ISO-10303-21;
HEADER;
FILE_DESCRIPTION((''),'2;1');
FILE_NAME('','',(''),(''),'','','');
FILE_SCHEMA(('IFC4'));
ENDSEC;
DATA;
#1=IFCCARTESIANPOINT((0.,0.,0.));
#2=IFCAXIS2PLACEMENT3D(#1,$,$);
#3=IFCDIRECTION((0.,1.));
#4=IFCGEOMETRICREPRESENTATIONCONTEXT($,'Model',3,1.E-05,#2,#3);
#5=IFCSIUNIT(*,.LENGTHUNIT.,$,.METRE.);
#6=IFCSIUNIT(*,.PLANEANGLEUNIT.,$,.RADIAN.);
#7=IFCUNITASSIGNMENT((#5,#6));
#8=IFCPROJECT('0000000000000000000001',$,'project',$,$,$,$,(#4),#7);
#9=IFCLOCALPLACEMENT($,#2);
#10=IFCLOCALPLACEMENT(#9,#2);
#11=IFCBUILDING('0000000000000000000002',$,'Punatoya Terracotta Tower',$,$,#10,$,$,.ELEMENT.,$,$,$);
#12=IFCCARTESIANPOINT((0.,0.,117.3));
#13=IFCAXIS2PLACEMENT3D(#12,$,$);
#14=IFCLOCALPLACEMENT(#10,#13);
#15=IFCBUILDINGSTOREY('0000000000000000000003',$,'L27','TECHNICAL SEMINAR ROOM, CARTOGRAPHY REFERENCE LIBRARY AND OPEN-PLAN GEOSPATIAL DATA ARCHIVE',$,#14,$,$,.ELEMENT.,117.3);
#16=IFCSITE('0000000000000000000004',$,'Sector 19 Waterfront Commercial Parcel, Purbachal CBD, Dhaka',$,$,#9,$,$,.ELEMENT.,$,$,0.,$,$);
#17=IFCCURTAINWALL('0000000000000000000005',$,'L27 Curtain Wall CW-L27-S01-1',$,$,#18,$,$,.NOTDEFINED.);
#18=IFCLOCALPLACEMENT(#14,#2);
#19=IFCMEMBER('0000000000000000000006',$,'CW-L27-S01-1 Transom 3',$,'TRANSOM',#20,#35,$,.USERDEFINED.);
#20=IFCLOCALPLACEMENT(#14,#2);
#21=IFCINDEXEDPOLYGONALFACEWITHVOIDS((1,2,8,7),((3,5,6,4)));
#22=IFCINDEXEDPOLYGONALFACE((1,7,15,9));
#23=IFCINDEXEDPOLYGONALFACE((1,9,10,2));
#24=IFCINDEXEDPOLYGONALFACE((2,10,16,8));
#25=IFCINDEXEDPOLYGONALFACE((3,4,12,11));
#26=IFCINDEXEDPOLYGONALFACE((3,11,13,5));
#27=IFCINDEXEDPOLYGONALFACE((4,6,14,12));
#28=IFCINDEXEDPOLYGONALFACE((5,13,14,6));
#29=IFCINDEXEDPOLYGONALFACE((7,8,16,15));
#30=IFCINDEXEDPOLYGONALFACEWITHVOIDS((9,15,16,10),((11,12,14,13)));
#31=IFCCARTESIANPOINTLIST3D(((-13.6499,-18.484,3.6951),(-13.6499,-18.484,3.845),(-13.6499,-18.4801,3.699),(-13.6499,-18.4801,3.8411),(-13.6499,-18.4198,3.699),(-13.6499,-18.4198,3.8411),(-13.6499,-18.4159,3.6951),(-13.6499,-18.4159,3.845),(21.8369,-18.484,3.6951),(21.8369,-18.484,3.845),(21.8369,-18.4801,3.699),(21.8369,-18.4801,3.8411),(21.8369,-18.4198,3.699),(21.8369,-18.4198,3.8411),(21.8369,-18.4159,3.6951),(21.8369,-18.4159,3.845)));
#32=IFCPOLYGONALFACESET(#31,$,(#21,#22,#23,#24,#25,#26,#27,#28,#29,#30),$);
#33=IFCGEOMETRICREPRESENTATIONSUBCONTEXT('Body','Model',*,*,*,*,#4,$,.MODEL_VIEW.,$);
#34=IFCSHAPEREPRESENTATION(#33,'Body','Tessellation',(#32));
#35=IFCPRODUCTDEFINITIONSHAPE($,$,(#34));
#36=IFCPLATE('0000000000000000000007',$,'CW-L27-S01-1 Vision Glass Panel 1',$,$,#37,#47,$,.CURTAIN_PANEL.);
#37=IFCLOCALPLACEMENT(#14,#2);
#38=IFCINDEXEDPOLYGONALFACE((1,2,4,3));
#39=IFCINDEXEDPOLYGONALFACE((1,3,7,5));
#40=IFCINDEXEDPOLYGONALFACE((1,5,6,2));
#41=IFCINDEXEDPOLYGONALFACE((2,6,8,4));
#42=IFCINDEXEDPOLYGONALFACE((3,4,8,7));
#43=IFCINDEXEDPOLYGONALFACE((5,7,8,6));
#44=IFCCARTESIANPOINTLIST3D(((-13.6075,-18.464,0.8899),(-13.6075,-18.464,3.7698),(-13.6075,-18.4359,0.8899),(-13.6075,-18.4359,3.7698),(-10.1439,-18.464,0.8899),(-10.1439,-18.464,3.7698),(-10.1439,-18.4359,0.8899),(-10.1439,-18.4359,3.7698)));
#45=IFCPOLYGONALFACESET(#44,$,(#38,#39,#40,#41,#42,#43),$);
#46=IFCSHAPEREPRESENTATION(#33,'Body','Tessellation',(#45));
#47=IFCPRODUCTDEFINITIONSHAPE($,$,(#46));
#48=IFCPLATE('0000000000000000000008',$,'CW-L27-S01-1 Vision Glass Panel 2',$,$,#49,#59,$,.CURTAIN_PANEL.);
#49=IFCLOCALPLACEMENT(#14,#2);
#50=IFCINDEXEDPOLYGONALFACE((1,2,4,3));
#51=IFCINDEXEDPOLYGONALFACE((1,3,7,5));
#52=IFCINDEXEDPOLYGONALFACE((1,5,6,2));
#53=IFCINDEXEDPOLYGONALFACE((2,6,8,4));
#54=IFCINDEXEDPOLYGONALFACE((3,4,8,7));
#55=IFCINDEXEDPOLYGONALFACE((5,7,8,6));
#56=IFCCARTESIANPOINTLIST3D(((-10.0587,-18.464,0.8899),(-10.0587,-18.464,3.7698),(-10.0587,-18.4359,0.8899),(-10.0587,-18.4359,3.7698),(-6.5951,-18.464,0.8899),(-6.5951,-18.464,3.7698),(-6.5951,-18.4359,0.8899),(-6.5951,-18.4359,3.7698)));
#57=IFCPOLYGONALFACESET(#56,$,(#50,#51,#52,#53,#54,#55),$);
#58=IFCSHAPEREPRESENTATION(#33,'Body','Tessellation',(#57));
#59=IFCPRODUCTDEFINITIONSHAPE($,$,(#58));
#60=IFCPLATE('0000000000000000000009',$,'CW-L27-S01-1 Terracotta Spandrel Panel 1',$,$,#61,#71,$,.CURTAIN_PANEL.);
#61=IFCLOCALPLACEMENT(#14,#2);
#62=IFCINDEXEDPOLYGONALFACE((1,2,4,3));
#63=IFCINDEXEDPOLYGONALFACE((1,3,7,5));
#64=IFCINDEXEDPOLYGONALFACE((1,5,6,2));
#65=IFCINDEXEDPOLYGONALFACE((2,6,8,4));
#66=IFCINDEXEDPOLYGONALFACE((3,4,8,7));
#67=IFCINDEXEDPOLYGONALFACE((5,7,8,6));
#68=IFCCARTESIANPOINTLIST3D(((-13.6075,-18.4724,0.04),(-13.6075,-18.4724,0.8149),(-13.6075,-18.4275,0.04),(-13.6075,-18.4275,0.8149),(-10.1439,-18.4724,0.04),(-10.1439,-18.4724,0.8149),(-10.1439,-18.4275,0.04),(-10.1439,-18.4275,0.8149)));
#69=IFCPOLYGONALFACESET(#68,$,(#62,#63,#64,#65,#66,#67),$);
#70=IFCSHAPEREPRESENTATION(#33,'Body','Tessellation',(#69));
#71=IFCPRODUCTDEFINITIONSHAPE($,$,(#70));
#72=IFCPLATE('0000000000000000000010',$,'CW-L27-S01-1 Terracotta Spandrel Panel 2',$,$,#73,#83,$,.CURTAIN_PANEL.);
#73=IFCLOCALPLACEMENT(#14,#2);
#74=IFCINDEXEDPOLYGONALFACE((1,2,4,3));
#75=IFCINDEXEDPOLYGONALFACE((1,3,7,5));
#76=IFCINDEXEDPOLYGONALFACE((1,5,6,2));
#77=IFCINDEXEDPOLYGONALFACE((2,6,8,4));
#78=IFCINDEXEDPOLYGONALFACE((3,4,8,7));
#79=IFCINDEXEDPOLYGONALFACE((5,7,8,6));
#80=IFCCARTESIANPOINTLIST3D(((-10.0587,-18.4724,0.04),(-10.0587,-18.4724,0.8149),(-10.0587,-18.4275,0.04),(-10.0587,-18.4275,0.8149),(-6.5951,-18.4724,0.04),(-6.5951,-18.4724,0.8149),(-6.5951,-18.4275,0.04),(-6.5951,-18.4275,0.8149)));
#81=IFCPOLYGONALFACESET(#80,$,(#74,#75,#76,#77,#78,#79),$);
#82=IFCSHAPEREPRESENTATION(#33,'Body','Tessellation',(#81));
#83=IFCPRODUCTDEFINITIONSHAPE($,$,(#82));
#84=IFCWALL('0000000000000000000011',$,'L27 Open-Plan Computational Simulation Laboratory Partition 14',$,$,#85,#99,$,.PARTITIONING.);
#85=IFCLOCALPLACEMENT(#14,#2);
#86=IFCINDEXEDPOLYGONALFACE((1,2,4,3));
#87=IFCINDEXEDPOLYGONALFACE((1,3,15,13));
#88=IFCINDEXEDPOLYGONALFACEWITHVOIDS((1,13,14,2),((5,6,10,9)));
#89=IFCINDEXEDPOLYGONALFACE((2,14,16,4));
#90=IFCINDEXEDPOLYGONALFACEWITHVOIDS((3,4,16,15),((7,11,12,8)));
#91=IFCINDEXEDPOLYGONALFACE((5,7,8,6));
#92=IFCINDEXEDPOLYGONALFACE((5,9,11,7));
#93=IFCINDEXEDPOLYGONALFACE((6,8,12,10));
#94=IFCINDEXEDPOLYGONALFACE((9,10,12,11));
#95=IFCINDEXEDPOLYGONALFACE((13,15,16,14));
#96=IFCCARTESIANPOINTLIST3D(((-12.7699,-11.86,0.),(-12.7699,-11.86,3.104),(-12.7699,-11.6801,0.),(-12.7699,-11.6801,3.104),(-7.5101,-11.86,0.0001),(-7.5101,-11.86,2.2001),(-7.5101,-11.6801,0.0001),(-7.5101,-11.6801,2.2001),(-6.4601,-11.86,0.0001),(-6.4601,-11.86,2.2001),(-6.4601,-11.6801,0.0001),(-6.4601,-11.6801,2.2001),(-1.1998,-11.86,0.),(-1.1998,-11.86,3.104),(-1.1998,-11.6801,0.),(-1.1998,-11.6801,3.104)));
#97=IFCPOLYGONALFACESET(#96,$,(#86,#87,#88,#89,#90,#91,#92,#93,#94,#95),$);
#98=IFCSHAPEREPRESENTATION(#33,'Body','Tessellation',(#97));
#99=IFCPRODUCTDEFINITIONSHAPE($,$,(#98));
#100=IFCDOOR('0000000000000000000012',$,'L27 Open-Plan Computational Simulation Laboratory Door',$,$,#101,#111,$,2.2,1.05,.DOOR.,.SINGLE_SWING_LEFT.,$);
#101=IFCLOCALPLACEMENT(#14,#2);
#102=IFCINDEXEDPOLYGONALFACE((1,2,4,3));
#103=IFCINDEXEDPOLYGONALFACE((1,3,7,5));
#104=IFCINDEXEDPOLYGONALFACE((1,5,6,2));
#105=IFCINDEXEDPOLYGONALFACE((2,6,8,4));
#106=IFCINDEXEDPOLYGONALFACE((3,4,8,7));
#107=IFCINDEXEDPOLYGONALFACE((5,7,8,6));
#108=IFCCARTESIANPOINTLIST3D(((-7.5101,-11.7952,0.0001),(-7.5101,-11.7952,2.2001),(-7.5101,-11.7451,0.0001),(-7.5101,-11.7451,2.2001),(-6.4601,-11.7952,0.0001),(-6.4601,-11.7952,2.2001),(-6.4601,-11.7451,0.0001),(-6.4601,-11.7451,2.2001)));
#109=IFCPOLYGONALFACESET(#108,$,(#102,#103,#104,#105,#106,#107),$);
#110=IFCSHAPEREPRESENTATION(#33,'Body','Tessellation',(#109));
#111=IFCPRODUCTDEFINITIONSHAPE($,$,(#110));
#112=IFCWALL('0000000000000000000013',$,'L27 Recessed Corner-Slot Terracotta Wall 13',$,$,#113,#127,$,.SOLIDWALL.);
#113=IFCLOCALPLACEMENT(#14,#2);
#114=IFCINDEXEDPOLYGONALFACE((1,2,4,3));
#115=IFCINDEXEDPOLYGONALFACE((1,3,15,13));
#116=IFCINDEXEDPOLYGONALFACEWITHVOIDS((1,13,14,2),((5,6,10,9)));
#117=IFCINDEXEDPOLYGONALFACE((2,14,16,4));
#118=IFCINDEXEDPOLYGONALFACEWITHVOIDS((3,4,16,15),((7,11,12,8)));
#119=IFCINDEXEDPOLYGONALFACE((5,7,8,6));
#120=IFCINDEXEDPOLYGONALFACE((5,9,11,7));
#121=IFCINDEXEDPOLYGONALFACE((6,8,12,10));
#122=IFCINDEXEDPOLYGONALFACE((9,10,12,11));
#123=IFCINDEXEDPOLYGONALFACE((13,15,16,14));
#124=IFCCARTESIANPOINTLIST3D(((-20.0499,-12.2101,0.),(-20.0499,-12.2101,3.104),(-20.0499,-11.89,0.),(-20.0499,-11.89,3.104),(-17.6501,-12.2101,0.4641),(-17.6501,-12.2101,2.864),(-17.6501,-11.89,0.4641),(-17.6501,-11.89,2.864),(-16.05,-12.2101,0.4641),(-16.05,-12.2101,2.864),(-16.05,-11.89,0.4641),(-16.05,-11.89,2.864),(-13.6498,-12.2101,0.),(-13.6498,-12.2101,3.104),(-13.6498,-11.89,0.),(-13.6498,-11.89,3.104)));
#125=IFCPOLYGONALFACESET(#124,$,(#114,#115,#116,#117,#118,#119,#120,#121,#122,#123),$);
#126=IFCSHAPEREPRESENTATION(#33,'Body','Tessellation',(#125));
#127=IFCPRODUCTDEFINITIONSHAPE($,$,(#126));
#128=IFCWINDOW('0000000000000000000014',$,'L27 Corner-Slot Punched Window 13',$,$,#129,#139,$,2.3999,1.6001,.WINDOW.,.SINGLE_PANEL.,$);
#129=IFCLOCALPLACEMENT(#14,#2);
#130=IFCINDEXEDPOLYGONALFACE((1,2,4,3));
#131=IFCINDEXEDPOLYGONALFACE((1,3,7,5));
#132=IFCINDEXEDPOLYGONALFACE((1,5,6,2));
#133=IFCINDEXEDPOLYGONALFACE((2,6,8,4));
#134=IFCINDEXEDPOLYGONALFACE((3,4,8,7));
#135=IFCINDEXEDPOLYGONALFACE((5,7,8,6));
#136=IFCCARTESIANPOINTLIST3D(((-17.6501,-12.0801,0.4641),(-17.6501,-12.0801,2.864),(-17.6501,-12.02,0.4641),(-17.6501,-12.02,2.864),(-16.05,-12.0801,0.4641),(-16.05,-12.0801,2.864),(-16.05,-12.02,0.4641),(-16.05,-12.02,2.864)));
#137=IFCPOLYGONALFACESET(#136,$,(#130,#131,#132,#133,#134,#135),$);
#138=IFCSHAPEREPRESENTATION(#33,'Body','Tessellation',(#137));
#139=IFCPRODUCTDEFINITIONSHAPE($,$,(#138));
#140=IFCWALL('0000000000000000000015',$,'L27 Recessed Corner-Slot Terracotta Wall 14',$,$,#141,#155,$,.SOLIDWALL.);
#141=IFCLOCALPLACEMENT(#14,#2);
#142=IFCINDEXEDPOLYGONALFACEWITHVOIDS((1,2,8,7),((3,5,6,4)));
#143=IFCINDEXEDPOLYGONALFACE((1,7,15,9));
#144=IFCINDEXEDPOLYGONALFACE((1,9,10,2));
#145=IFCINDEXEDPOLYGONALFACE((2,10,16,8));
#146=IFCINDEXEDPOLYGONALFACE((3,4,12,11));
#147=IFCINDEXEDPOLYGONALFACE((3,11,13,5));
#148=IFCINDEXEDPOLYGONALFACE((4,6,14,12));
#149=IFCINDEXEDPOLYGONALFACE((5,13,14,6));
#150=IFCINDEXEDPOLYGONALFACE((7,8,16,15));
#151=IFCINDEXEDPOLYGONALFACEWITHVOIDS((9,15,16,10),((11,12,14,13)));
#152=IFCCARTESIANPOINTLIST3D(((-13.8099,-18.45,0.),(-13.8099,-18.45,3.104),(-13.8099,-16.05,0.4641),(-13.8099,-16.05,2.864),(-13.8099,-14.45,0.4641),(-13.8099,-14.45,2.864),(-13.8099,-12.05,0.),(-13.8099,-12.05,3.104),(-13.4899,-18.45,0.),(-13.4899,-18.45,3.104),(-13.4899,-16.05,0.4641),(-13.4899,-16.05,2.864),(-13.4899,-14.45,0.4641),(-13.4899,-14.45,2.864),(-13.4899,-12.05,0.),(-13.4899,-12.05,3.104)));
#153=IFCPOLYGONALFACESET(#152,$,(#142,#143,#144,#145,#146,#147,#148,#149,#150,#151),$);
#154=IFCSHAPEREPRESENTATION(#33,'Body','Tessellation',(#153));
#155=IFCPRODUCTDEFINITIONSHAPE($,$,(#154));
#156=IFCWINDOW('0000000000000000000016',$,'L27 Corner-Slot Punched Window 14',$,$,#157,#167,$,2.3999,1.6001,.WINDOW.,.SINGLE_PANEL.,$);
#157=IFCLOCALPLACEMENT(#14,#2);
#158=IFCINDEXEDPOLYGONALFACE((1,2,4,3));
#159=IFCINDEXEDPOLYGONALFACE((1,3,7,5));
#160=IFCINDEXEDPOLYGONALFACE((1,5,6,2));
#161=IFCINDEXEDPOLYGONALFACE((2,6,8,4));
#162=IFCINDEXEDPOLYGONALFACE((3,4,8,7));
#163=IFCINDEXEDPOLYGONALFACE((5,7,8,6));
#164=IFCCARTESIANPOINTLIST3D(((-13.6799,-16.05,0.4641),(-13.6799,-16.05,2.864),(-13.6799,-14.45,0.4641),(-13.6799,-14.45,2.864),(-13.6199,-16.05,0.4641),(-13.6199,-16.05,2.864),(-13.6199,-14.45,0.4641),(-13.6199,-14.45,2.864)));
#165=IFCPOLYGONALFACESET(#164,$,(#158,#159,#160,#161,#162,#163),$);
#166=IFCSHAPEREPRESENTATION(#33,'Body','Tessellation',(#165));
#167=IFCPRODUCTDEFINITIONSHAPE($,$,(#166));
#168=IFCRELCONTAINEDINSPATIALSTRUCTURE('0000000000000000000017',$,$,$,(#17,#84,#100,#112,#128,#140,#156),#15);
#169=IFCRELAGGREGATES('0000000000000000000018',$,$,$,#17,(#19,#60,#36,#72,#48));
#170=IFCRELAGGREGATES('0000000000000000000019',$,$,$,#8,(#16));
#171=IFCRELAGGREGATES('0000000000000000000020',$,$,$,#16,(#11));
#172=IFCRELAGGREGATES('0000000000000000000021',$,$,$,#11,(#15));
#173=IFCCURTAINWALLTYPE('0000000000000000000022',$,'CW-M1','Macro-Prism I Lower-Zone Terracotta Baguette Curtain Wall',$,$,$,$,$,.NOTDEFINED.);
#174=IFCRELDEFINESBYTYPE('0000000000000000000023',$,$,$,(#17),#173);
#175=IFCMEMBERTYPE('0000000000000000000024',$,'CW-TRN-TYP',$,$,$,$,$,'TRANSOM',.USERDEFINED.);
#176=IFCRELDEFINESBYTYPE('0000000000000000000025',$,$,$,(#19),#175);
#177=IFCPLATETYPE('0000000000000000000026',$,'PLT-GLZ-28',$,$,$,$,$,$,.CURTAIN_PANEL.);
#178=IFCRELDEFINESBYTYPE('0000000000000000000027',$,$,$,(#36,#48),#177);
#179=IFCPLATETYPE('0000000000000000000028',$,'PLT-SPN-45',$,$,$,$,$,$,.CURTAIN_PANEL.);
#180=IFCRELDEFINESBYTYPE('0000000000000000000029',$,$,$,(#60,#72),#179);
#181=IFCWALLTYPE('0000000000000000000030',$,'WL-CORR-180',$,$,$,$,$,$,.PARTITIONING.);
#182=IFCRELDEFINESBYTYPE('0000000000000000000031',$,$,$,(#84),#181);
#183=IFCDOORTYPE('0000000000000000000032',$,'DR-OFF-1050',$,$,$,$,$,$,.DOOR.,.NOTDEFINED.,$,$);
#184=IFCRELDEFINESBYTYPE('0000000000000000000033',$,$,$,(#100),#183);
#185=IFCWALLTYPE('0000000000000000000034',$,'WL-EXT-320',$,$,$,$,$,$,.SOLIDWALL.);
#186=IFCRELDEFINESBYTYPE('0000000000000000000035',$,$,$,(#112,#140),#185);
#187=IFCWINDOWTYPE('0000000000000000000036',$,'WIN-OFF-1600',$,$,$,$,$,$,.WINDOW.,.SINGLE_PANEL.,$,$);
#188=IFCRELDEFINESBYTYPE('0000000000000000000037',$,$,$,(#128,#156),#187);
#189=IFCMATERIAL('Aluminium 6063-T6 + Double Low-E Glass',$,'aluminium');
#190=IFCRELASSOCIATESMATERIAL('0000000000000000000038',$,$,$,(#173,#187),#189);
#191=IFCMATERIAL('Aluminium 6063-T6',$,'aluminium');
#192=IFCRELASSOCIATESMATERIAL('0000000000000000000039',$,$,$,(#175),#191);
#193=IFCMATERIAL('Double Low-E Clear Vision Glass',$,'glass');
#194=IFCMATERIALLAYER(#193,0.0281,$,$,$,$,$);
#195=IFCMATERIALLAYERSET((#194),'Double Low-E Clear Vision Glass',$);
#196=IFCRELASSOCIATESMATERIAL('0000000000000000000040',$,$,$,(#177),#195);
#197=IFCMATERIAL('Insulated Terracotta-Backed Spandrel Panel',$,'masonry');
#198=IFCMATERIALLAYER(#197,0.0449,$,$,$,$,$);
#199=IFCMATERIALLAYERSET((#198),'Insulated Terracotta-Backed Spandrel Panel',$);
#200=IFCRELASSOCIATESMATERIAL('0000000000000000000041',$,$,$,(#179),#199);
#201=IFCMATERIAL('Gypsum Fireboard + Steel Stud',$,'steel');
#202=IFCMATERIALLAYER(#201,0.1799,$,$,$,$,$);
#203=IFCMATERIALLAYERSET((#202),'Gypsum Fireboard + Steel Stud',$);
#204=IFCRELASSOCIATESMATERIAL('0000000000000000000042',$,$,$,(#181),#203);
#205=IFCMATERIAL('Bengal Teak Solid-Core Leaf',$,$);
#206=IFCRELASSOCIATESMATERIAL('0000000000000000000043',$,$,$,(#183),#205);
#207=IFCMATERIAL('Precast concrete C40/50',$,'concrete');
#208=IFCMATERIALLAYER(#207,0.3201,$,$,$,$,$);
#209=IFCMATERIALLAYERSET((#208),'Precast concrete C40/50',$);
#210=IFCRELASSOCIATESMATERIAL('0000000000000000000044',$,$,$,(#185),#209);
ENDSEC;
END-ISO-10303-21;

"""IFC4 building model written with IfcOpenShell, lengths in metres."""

from ifc_helpers import new_model, si_unit, direction, frame, frame_2d, origin, origin_2d, place, context, subcontext, project, spatial, rectangle, hollow_rectangle, extrude, material, layer, layer_set, material_profile, profile_set, type_object, element, fill, aggregate, save


model = new_model("IFC4")

# Units and contexts
model_context = context("Model", 3, precision=1e-05, world=origin(), true_north=direction((0.0, 1.0)))
body_context = subcontext(model_context, "Body", "Model", "MODEL_VIEW")
ifc_project = project(units=[si_unit("LENGTHUNIT", "METRE"), si_unit("PLANEANGLEUNIT", "RADIAN")], contexts=[model_context])

# Site, building, storey
site_placement = place(None, origin())
site = spatial("IfcSite", under=ifc_project, at=site_placement, Name="Sector 19 Waterfront Commercial Parcel, Purbachal CBD, Dhaka", CompositionType="ELEMENT", RefElevation=0.0)
building_placement = place(site_placement, origin())
building = spatial("IfcBuilding", under=site, at=building_placement, Name="Punatoya Terracotta Tower", CompositionType="ELEMENT")
storey_placement = place(building_placement, frame((0.0, 0.0, 117.3)))
storey = spatial("IfcBuildingStorey", under=building, at=storey_placement, Name="L27", Description="TECHNICAL SEMINAR ROOM, CARTOGRAPHY REFERENCE LIBRARY AND OPEN-PLAN GEOSPATIAL DATA ARCHIVE", CompositionType="ELEMENT", Elevation=117.3)

# Curtain wall
ifc_material_1 = material(Name="Aluminium 6063-T6 + Double Low-E Glass", Category="aluminium")
curtain_wall_type = type_object("IfcCurtainWallType", Name="CW-M1", Description="Macro-Prism I Lower-Zone Terracotta Baguette Curtain Wall", PredefinedType="NOTDEFINED", material=ifc_material_1)
curtain_wall_1_placement = place(storey_placement, origin())
curtain_wall_1 = element("IfcCurtainWall", 1, at=curtain_wall_1_placement, inside=storey, type_object=curtain_wall_type, Name="L27 Curtain Wall CW-L27-S01-1", PredefinedType="NOTDEFINED")
ifc_material_2 = material(Name="Aluminium 6063-T6", Category="aluminium")

# Member
ifc_material_profile_1 = material_profile(ifc_material_2, hollow_rectangle(XDim=0.0681, YDim=0.1499, WallThickness=0.0039, at=origin_2d()))
ifc_profile_set_1 = profile_set([ifc_material_profile_1], Name="Aluminium 6063-T6")
member_type_1 = type_object("IfcMemberType", Name="CW-TRN-TYP", ElementType="TRANSOM", PredefinedType="USERDEFINED", material=ifc_profile_set_1)
member_1_placement = place(storey_placement, frame((-13.6499, -18.45, 3.77), z_axis=(1.0, 0.0, 0.0), x_axis=(0.0, 1.0, 0.0)))
member_1 = element("IfcMember", 2, at=member_1_placement, type_object=member_type_1, Name="CW-L27-S01-1 Transom 3", ObjectType="TRANSOM", PredefinedType="USERDEFINED", context=body_context, shape_type="SweptSolid", body=[
    extrude(hollow_rectangle(XDim=0.0681, YDim=0.1499, WallThickness=0.0039, at=origin_2d()), origin(), (0.0, 0.0, 1.0), 35.4868),
])

# Plates
ifc_material_3 = material(Name="Double Low-E Clear Vision Glass", Category="glass")
ifc_layer_1 = layer(ifc_material_3, 0.0281)
ifc_layer_set_1 = layer_set([ifc_layer_1], Name="Double Low-E Clear Vision Glass")
plate_type_1 = type_object("IfcPlateType", Name="PLT-GLZ-28", PredefinedType="CURTAIN_PANEL", material=ifc_layer_set_1)
plate_1_placement = place(storey_placement, frame((-11.8757, -18.45, 0.8899), z_axis=(0.0, 0.0, 1.0), x_axis=(1.0, 0.0, 0.0)))
plate_1 = element("IfcPlate", 3, at=plate_1_placement, type_object=plate_type_1, Name="CW-L27-S01-1 Vision Glass Panel 1", PredefinedType="CURTAIN_PANEL", context=body_context, shape_type="SweptSolid", body=[
    extrude(rectangle(XDim=3.4636, YDim=0.0281, at=origin_2d()), origin(), (0.0, 0.0, 1.0), 2.8799),
])
plate_2_placement = place(storey_placement, frame((-8.3269, -18.45, 0.8899), z_axis=(0.0, 0.0, 1.0), x_axis=(1.0, 0.0, 0.0)))
plate_2 = element("IfcPlate", 4, at=plate_2_placement, type_object=plate_type_1, Name="CW-L27-S01-1 Vision Glass Panel 2", PredefinedType="CURTAIN_PANEL", context=body_context, shape_type="SweptSolid", body=[
    extrude(rectangle(XDim=3.4636, YDim=0.0281, at=origin_2d()), origin(), (0.0, 0.0, 1.0), 2.8799),
])
ifc_material_4 = material(Name="Insulated Terracotta-Backed Spandrel Panel", Category="masonry")
ifc_layer_2 = layer(ifc_material_4, 0.0449)
ifc_layer_set_2 = layer_set([ifc_layer_2], Name="Insulated Terracotta-Backed Spandrel Panel")
plate_type_2 = type_object("IfcPlateType", Name="PLT-SPN-45", PredefinedType="CURTAIN_PANEL", material=ifc_layer_set_2)
plate_3_placement = place(storey_placement, frame((-11.8757, -18.45, 0.04), z_axis=(0.0, 0.0, 1.0), x_axis=(1.0, 0.0, 0.0)))
plate_3 = element("IfcPlate", 5, at=plate_3_placement, type_object=plate_type_2, Name="CW-L27-S01-1 Terracotta Spandrel Panel 1", PredefinedType="CURTAIN_PANEL", context=body_context, shape_type="SweptSolid", body=[
    extrude(rectangle(XDim=3.4636, YDim=0.0449, at=origin_2d()), origin(), (0.0, 0.0, 1.0), 0.7749),
])
plate_4_placement = place(storey_placement, frame((-8.3269, -18.45, 0.04), z_axis=(0.0, 0.0, 1.0), x_axis=(1.0, 0.0, 0.0)))
plate_4 = element("IfcPlate", 6, at=plate_4_placement, type_object=plate_type_2, Name="CW-L27-S01-1 Terracotta Spandrel Panel 2", PredefinedType="CURTAIN_PANEL", context=body_context, shape_type="SweptSolid", body=[
    extrude(rectangle(XDim=3.4636, YDim=0.0449, at=origin_2d()), origin(), (0.0, 0.0, 1.0), 0.7749),
])
aggregate(curtain_wall_1, [member_1, plate_3, plate_1, plate_4, plate_2])

# Wall, opening, door
ifc_material_5 = material(Name="Gypsum Fireboard + Steel Stud", Category="steel")
ifc_layer_3 = layer(ifc_material_5, 0.1799)
ifc_layer_set_3 = layer_set([ifc_layer_3], Name="Gypsum Fireboard + Steel Stud")
wall_type_1 = type_object("IfcWallType", Name="WL-CORR-180", PredefinedType="PARTITIONING", material=ifc_layer_set_3)
wall_1_placement = place(storey_placement, frame((-12.77, -11.77, 0.0), z_axis=(0.0, 0.0, 1.0), x_axis=(1.0, 0.0, 0.0)))
wall_1 = element("IfcWall", 7, at=wall_1_placement, inside=storey, type_object=wall_type_1, Name="L27 Open-Plan Computational Simulation Laboratory Partition 14", PredefinedType="PARTITIONING", context=body_context, shape_type="SweptSolid", body=[
    extrude(rectangle(XDim=11.5701, YDim=0.1799, at=frame_2d((5.7852, 0.0))), origin(), (0.0, 0.0, 1.0), 3.104),
])
opening_1_placement = place(wall_1_placement, frame((5.26, 0.0, 0.0)))
opening_1 = element("IfcOpeningElement", 8, at=opening_1_placement, cuts=wall_1, PredefinedType="OPENING", context=body_context, shape_type="SweptSolid", body=[
    extrude(rectangle(XDim=1.05, YDim=2.2, at=frame_2d((0.5249, 1.1001))), frame((0.0, 0.0999, 0.0), z_axis=(0.0, -1.0, 0.0), x_axis=(1.0, 0.0, 0.0)), (0.0, 0.0, 1.0), 0.2),
])
ifc_material_6 = material(Name="Bengal Teak Solid-Core Leaf")
door_type = type_object("IfcDoorType", Name="DR-OFF-1050", OperationType="NOTDEFINED", PredefinedType="DOOR", material=ifc_material_6)
door_placement = place(opening_1_placement, origin())
door = element("IfcDoor", 9, at=door_placement, inside=storey, type_object=door_type, Name="L27 Open-Plan Computational Simulation Laboratory Door", OperationType="SINGLE_SWING_LEFT", OverallHeight=2.2, OverallWidth=1.05, PredefinedType="DOOR", context=body_context, shape_type="SweptSolid", body=[
    extrude(rectangle(XDim=1.05, YDim=2.2, at=frame_2d((0.5249, 1.1001))), frame((0.0, 0.0249, 0.0), z_axis=(0.0, -1.0, 0.0), x_axis=(1.0, 0.0, 0.0)), (0.0, 0.0, 1.0), 0.05),
])
fill(opening_1, door)

# Walls, openings, windows
ifc_material_7 = material(Name="Precast concrete C40/50", Category="concrete")
ifc_layer_4 = layer(ifc_material_7, 0.3201)
ifc_layer_set_4 = layer_set([ifc_layer_4], Name="Precast concrete C40/50")
wall_type_2 = type_object("IfcWallType", Name="WL-EXT-320", PredefinedType="SOLIDWALL", material=ifc_layer_set_4)
wall_2_placement = place(storey_placement, frame((-20.05, -12.05, 0.0), z_axis=(0.0, 0.0, 1.0), x_axis=(1.0, 0.0, 0.0)))
wall_2 = element("IfcWall", 10, at=wall_2_placement, inside=storey, type_object=wall_type_2, Name="L27 Recessed Corner-Slot Terracotta Wall 13", PredefinedType="SOLIDWALL", context=body_context, shape_type="SweptSolid", body=[
    extrude(rectangle(XDim=6.4001, YDim=0.3201, at=frame_2d((3.2002, 0.0))), origin(), (0.0, 0.0, 1.0), 3.104),
])
opening_2_placement = place(wall_2_placement, frame((2.3999, 0.0, 0.4641)))
opening_2 = element("IfcOpeningElement", 11, at=opening_2_placement, cuts=wall_2, PredefinedType="OPENING", context=body_context, shape_type="SweptSolid", body=[
    extrude(rectangle(XDim=1.6001, YDim=2.3999, at=frame_2d((0.8, 1.2))), frame((0.0, 0.1699, 0.0), z_axis=(0.0, -1.0, 0.0), x_axis=(1.0, 0.0, 0.0)), (0.0, 0.0, 1.0), 0.3401),
])
window_type = type_object("IfcWindowType", Name="WIN-OFF-1600", PartitioningType="SINGLE_PANEL", PredefinedType="WINDOW", material=ifc_material_1)
window_1_placement = place(opening_2_placement, origin())
window_1 = element("IfcWindow", 12, at=window_1_placement, inside=storey, type_object=window_type, Name="L27 Corner-Slot Punched Window 13", OverallHeight=2.3999, OverallWidth=1.6001, PartitioningType="SINGLE_PANEL", PredefinedType="WINDOW", context=body_context, shape_type="SweptSolid", body=[
    extrude(rectangle(XDim=1.6001, YDim=2.3999, at=frame_2d((0.8, 1.2))), frame((0.0, 0.03, 0.0), z_axis=(0.0, -1.0, 0.0), x_axis=(1.0, 0.0, 0.0)), (0.0, 0.0, 1.0), 0.0601),
])
fill(opening_2, window_1)
wall_3_placement = place(storey_placement, frame((-13.6499, -12.05, 0.0), z_axis=(0.0, 0.0, 1.0), x_axis=(0.0, -1.0, 0.0)))
wall_3 = element("IfcWall", 13, at=wall_3_placement, inside=storey, type_object=wall_type_2, Name="L27 Recessed Corner-Slot Terracotta Wall 14", PredefinedType="SOLIDWALL", context=body_context, shape_type="SweptSolid", body=[
    extrude(rectangle(XDim=6.3999, YDim=0.3201, at=frame_2d((3.2, 0.0))), origin(), (0.0, 0.0, 1.0), 3.104),
])
opening_3_placement = place(wall_3_placement, frame((2.3999, 0.0, 0.4641)))
opening_3 = element("IfcOpeningElement", 14, at=opening_3_placement, cuts=wall_3, PredefinedType="OPENING", context=body_context, shape_type="SweptSolid", body=[
    extrude(rectangle(XDim=1.6001, YDim=2.3999, at=frame_2d((0.8, 1.2))), frame((0.0, 0.1699, 0.0), z_axis=(0.0, -1.0, 0.0), x_axis=(1.0, 0.0, 0.0)), (0.0, 0.0, 1.0), 0.3401),
])
window_2_placement = place(opening_3_placement, origin())
window_2 = element("IfcWindow", 15, at=window_2_placement, inside=storey, type_object=window_type, Name="L27 Corner-Slot Punched Window 14", OverallHeight=2.3999, OverallWidth=1.6001, PartitioningType="SINGLE_PANEL", PredefinedType="WINDOW", context=body_context, shape_type="SweptSolid", body=[
    extrude(rectangle(XDim=1.6001, YDim=2.3999, at=frame_2d((0.8, 1.2))), frame((0.0, 0.03, 0.0), z_axis=(0.0, -1.0, 0.0), x_axis=(1.0, 0.0, 0.0)), (0.0, 0.0, 1.0), 0.0601),
])
fill(opening_3, window_2)

save(model, "model.ifc")
